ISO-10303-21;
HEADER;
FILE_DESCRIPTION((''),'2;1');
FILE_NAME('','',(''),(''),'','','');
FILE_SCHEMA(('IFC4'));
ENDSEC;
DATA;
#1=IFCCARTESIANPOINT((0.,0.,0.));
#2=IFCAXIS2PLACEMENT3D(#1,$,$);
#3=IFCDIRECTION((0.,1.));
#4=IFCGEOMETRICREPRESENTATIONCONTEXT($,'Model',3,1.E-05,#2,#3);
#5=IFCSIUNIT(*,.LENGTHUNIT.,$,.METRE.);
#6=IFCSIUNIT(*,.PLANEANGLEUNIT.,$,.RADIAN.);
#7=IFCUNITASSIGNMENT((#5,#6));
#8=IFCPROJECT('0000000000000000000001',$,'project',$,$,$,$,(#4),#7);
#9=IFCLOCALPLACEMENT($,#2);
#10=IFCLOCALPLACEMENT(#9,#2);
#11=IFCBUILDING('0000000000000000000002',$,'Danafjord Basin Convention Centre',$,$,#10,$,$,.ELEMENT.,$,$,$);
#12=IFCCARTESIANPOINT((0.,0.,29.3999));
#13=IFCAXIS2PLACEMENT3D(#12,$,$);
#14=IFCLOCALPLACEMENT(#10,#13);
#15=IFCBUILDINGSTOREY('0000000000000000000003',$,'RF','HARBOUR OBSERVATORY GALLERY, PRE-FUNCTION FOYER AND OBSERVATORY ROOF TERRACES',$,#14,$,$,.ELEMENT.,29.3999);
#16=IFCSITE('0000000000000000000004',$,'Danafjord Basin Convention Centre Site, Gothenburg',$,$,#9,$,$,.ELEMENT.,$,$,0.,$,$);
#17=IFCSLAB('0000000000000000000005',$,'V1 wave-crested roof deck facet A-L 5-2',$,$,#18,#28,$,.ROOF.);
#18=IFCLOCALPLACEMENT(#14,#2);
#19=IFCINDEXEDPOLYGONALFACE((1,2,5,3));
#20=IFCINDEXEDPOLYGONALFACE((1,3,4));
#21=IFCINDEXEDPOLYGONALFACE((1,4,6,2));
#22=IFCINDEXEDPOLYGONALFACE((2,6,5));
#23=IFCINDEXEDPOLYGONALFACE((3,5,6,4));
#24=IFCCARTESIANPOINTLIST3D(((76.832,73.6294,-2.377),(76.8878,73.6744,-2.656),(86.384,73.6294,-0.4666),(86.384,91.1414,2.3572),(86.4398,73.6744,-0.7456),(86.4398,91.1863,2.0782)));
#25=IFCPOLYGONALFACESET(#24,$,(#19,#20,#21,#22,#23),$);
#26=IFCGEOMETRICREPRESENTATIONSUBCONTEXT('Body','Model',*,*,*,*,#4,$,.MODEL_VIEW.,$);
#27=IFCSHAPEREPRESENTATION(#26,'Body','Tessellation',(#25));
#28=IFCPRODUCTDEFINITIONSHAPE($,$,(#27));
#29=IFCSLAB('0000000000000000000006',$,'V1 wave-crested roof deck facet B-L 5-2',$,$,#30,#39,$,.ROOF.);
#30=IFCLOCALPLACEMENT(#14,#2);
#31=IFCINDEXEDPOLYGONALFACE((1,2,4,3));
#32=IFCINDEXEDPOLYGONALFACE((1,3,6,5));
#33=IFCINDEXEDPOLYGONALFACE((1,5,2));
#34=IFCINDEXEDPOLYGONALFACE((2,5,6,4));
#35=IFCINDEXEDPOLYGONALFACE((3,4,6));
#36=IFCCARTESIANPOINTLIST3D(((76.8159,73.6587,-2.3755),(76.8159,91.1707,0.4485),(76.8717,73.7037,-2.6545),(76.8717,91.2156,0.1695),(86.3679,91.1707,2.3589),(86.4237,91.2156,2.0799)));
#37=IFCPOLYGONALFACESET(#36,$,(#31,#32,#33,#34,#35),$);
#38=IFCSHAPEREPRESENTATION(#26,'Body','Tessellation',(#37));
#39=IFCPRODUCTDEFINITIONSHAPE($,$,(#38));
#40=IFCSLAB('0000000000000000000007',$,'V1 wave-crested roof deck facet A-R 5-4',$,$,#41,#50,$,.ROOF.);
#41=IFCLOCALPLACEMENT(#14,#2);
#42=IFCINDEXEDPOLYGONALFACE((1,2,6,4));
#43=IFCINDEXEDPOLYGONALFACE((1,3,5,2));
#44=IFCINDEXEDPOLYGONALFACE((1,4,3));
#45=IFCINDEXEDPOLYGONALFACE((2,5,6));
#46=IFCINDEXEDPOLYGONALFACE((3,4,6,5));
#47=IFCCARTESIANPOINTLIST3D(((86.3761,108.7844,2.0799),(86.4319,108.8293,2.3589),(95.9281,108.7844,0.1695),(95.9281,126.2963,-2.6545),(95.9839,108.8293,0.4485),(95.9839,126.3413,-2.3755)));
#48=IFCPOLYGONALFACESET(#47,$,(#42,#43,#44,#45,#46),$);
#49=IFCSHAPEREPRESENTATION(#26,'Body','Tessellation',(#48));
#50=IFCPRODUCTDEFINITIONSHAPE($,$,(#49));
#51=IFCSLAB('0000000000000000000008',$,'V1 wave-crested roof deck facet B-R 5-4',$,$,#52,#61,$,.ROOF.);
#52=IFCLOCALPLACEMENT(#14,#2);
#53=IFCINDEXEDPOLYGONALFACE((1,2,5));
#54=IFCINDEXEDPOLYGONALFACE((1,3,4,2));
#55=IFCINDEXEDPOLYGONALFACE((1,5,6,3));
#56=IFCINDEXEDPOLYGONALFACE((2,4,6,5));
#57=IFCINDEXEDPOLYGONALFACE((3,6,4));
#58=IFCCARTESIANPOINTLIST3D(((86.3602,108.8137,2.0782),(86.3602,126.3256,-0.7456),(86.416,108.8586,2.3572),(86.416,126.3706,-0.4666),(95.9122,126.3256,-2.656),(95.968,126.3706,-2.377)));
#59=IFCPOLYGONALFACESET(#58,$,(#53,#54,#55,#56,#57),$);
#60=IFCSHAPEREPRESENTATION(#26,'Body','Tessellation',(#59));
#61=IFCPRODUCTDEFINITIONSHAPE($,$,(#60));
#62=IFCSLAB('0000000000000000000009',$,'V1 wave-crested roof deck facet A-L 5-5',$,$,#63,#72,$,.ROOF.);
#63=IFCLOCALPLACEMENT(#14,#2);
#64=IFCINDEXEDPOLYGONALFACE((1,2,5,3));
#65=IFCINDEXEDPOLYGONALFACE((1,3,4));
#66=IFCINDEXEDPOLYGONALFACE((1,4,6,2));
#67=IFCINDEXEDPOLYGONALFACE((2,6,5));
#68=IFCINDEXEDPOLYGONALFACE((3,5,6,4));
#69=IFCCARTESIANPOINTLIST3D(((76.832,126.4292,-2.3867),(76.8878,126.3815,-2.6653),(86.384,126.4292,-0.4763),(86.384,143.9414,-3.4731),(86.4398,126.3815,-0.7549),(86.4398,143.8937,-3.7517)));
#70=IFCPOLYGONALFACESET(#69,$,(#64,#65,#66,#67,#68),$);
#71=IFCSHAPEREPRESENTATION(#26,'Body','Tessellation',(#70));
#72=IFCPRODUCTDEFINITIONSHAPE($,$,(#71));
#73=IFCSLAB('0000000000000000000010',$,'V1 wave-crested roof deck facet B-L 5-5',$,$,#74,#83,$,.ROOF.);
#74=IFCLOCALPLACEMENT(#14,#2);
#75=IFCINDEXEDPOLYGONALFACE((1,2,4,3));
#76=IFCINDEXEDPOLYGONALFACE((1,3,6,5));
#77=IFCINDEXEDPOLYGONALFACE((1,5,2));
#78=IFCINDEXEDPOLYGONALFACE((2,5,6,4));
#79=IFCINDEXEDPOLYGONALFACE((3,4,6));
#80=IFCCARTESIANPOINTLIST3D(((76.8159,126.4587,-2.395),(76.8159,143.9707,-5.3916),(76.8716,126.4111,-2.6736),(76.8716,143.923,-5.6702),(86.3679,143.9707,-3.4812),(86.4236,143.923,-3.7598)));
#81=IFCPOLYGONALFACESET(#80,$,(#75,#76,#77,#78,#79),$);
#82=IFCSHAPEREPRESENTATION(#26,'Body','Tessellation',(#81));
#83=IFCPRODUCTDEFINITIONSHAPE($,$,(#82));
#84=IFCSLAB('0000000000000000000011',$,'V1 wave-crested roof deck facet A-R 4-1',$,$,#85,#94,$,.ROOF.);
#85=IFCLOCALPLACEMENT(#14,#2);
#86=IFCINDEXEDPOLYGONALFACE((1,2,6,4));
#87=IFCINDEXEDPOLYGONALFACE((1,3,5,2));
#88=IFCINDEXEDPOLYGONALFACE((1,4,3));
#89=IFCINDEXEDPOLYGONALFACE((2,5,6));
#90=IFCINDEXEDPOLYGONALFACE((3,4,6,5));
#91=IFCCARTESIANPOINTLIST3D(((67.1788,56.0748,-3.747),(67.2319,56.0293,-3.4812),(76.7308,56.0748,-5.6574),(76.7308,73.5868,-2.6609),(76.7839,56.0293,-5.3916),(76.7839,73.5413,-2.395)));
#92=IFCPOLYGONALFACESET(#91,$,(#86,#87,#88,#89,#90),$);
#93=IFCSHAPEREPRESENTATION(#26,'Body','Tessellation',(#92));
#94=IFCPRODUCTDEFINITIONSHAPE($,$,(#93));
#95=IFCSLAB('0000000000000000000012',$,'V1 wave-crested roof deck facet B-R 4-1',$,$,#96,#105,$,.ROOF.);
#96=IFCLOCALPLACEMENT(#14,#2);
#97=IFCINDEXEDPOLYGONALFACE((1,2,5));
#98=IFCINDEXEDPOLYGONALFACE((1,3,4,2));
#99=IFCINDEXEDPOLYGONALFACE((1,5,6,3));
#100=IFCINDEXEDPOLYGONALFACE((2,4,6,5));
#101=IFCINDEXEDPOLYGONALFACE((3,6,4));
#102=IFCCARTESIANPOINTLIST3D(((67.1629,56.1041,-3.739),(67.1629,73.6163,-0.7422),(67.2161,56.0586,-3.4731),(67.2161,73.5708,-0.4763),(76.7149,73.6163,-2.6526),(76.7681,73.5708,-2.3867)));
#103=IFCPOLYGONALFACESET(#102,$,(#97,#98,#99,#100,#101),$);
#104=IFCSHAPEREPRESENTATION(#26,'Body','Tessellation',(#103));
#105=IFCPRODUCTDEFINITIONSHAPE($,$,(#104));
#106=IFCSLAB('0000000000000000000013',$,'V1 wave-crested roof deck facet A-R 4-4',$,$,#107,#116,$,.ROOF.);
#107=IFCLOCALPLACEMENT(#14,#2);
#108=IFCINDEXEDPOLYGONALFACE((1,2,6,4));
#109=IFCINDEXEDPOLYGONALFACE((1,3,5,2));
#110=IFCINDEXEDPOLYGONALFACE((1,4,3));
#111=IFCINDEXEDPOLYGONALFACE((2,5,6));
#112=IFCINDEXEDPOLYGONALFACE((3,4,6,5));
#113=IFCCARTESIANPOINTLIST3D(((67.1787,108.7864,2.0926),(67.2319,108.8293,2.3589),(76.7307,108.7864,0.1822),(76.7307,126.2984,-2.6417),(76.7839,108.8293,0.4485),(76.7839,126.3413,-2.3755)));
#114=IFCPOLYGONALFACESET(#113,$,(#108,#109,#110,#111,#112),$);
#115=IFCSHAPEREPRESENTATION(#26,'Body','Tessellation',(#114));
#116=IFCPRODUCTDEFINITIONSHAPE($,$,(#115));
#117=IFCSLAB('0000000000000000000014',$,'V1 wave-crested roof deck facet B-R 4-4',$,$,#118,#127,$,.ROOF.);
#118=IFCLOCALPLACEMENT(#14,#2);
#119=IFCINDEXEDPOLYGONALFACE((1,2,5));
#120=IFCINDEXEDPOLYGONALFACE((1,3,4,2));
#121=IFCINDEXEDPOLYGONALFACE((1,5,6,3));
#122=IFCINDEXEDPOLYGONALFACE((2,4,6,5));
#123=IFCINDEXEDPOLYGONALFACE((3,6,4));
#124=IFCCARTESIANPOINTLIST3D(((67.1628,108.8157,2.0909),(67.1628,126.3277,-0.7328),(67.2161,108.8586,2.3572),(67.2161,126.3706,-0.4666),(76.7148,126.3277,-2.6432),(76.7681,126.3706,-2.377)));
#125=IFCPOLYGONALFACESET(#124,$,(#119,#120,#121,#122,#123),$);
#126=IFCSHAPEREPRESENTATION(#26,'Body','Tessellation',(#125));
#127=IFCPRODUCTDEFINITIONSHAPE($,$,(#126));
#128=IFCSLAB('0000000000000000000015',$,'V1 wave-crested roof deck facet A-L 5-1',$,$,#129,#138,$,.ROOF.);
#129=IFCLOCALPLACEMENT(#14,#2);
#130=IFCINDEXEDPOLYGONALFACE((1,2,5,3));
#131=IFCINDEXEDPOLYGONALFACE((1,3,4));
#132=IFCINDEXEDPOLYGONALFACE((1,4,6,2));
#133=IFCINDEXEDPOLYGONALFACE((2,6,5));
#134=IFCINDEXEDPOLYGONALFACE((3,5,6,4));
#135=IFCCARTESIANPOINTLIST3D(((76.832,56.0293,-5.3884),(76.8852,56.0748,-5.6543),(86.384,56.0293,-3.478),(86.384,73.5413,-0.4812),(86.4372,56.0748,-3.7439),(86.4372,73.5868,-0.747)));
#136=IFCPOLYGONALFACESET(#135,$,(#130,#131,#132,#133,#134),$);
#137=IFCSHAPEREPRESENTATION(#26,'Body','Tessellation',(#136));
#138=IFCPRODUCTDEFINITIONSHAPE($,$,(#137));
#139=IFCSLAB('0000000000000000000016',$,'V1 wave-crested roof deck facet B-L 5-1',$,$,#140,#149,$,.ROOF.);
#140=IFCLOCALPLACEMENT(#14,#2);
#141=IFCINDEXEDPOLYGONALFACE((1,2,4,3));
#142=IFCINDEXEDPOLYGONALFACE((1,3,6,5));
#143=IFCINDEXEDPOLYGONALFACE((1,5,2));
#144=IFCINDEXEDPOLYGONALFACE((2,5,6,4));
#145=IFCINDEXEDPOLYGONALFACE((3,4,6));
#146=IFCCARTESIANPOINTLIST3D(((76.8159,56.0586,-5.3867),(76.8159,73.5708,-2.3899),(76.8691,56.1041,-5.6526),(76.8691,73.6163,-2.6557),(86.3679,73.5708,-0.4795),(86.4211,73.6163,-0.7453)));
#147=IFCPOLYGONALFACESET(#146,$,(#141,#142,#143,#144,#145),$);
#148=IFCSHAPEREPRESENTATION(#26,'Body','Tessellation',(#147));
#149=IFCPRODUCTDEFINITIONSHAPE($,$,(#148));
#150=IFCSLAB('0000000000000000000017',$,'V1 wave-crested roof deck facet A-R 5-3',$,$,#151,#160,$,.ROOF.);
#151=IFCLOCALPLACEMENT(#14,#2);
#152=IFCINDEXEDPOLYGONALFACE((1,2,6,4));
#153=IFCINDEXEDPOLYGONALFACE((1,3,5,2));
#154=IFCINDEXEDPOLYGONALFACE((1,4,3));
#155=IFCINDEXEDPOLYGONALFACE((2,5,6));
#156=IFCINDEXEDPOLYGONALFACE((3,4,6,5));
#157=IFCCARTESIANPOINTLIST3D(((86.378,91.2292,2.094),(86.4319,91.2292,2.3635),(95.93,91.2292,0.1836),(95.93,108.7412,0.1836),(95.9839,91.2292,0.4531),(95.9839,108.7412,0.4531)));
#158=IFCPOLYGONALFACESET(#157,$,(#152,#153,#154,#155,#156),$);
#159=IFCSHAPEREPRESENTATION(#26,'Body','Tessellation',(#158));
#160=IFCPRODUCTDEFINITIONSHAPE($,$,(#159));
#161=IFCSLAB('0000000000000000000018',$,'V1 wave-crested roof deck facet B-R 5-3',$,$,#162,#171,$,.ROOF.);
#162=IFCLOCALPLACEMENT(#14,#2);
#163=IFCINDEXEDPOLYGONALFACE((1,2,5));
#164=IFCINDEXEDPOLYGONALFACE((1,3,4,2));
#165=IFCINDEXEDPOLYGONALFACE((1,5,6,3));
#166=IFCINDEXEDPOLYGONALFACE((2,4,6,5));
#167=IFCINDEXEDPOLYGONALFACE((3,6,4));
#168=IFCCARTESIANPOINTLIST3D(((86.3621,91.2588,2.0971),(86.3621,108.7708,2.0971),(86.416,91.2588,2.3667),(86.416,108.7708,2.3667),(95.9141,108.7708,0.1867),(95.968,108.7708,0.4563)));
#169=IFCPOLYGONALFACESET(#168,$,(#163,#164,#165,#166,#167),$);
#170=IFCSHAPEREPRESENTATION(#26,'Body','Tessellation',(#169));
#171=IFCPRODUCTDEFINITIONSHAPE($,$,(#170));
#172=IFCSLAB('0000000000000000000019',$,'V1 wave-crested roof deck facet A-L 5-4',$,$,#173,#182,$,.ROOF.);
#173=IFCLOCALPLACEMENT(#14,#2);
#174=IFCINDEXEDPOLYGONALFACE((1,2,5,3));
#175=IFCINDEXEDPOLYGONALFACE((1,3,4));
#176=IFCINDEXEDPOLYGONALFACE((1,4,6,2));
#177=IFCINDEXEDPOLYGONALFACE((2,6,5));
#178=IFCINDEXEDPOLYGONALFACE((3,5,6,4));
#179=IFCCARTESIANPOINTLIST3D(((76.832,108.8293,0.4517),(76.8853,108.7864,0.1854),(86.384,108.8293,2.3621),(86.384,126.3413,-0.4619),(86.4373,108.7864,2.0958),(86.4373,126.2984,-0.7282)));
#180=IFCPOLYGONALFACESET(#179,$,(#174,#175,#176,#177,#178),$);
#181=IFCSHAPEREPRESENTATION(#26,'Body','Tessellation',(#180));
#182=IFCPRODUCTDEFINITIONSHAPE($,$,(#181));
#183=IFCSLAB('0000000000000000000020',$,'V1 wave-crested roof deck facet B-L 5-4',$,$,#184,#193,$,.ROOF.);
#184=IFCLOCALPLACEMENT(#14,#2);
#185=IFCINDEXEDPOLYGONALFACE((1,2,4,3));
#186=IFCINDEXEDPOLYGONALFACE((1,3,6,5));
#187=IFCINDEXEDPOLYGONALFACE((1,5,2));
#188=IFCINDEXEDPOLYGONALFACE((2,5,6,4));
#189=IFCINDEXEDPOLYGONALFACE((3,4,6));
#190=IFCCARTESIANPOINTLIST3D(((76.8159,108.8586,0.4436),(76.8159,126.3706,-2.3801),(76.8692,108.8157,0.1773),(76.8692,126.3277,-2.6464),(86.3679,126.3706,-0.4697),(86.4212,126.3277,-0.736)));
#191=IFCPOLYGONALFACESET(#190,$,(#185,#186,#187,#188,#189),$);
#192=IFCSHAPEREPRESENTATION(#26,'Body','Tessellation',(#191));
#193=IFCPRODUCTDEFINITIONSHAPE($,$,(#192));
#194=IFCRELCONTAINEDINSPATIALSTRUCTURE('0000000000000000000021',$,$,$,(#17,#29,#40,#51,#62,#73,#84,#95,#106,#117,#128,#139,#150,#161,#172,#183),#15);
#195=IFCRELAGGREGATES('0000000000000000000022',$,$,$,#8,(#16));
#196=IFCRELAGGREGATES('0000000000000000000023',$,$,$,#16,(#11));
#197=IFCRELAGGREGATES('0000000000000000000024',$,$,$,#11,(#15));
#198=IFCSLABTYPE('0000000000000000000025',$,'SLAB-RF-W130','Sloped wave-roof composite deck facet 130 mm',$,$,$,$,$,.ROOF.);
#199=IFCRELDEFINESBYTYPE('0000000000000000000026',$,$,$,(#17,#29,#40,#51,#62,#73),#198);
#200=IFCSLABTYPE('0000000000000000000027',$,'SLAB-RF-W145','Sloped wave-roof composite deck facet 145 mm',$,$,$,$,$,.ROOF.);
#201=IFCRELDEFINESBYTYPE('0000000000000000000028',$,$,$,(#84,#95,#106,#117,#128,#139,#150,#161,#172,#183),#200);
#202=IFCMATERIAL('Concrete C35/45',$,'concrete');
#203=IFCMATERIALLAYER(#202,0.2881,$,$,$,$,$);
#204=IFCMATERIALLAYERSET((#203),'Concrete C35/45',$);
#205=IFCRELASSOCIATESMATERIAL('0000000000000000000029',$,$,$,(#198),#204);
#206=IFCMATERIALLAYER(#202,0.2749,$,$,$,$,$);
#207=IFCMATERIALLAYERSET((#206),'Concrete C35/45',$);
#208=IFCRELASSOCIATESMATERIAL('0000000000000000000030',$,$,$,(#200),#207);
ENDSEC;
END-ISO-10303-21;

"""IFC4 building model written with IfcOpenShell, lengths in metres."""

from ifc_helpers import new_model, si_unit, direction, frame, origin, place, context, subcontext, project, spatial, polyline, outline, extrude, material, layer, layer_set, type_object, element, save


model = new_model("IFC4")

# Units and contexts
model_context = context("Model", 3, precision=1e-05, world=origin(), true_north=direction((0.0, 1.0)))
body_context = subcontext(model_context, "Body", "Model", "MODEL_VIEW")
ifc_project = project(units=[si_unit("LENGTHUNIT", "METRE"), si_unit("PLANEANGLEUNIT", "RADIAN")], contexts=[model_context])

# Site, building, storey
site_placement = place(None, origin())
site = spatial("IfcSite", under=ifc_project, at=site_placement, Name="Danafjord Basin Convention Centre Site, Gothenburg", CompositionType="ELEMENT", RefElevation=0.0)
building_placement = place(site_placement, origin())
building = spatial("IfcBuilding", under=site, at=building_placement, Name="Danafjord Basin Convention Centre", CompositionType="ELEMENT")
storey_placement = place(building_placement, frame((0.0, 0.0, 29.3999)))
storey = spatial("IfcBuildingStorey", under=building, at=storey_placement, Name="RF", Description="HARBOUR OBSERVATORY GALLERY, PRE-FUNCTION FOYER AND OBSERVATORY ROOF TERRACES", CompositionType="ELEMENT", Elevation=29.3999)

# Slabs
ifc_material_1 = material(Name="Concrete C35/45", Category="concrete")
ifc_layer_1 = layer(ifc_material_1, 0.2881)
ifc_layer_set_1 = layer_set([ifc_layer_1], Name="Concrete C35/45")
slab_type_1 = type_object("IfcSlabType", Name="SLAB-RF-W130", Description="Sloped wave-roof composite deck facet 130 mm", PredefinedType="ROOF", material=ifc_layer_set_1)
slab_1_placement = place(storey_placement, frame((76.832, 73.6294, -2.377), z_axis=(-0.19371, -0.156174, 0.968548), x_axis=(0.980581, 0.0, 0.196116)))
element("IfcSlab", 1, at=slab_1_placement, inside=storey, type_object=slab_type_1, Name="V1 wave-crested roof deck facet A-L 5-2", PredefinedType="ROOF", context=body_context, shape_type="SweptSolid", body=[
    extrude(outline(polyline([(0.0, 0.0), (9.7412, 0.0), (10.2949, 17.7295), (0.0, 0.0)])), origin(), (0.0, 0.0, -1.0), 0.2881),
])
slab_2_placement = place(storey_placement, frame((76.8159, 73.6587, -2.3755), z_axis=(-0.193709, -0.156188, 0.968546), x_axis=(0.46591, 0.854167, 0.230925)))
element("IfcSlab", 2, at=slab_2_placement, inside=storey, type_object=slab_type_1, Name="V1 wave-crested roof deck facet B-L 5-2", PredefinedType="ROOF", context=body_context, shape_type="SweptSolid", body=[
    extrude(outline(polyline([(0.0, 0.0), (20.5018, 0.0), (15.6103, 8.424), (0.0, 0.0)])), origin(), (0.0, 0.0, -1.0), 0.2881),
])
slab_3_placement = place(storey_placement, frame((86.4319, 108.8293, 2.3589), z_axis=(0.193709, 0.156188, 0.968546), x_axis=(0.980581, 0.0, -0.196116)))
element("IfcSlab", 3, at=slab_3_placement, inside=storey, type_object=slab_type_1, Name="V1 wave-crested roof deck facet A-R 5-4", PredefinedType="ROOF", context=body_context, shape_type="SweptSolid", body=[
    extrude(outline(polyline([(0.0, 0.0), (9.7412, 0.0), (10.295, 17.7296), (0.0, 0.0)])), origin(), (0.0, 0.0, -1.0), 0.2881),
])
slab_4_placement = place(storey_placement, frame((86.416, 108.8586, 2.3572), z_axis=(0.19371, 0.156174, 0.968548), x_axis=(0.465912, 0.854169, -0.230914)))
element("IfcSlab", 4, at=slab_4_placement, inside=storey, type_object=slab_type_1, Name="V1 wave-crested roof deck facet B-R 5-4", PredefinedType="ROOF", context=body_context, shape_type="SweptSolid", body=[
    extrude(outline(polyline([(0.0, 0.0), (20.5017, 0.0), (15.6102, 8.424), (0.0, 0.0)])), origin(), (0.0, 0.0, -1.0), 0.2881),
])
slab_5_placement = place(storey_placement, frame((76.832, 126.4292, -2.3867), z_axis=(-0.193412, 0.165491, 0.96706), x_axis=(0.980581, 0.0, 0.196116)))
element("IfcSlab", 5, at=slab_5_placement, inside=storey, type_object=slab_type_1, Name="V1 wave-crested roof deck facet A-L 5-5", PredefinedType="ROOF", context=body_context, shape_type="SweptSolid", body=[
    extrude(outline(polyline([(0.0, 0.0), (9.7412, 0.0), (9.1534, 17.7571), (0.0, 0.0)])), origin(), (0.0, 0.0, -1.0), 0.2881),
])
slab_6_placement = place(storey_placement, frame((76.8159, 126.4587, -2.395), z_axis=(-0.193412, 0.16548, 0.967062), x_axis=(0.478145, 0.876597, -0.054371)))
element("IfcSlab", 6, at=slab_6_placement, inside=storey, type_object=slab_type_1, Name="V1 wave-crested roof deck facet B-L 5-5", PredefinedType="ROOF", context=body_context, shape_type="SweptSolid", body=[
    extrude(outline(polyline([(0.0, 0.0), (19.9772, 0.0), (15.5139, 8.6584), (0.0, 0.0)])), origin(), (0.0, 0.0, -1.0), 0.2881),
])
ifc_layer_2 = layer(ifc_material_1, 0.2749)
ifc_layer_set_2 = layer_set([ifc_layer_2], Name="Concrete C35/45")
slab_type_2 = type_object("IfcSlabType", Name="SLAB-RF-W145", Description="Sloped wave-roof composite deck facet 145 mm", PredefinedType="ROOF", material=ifc_layer_set_2)
slab_7_placement = place(storey_placement, frame((67.2319, 56.0293, -3.4812), z_axis=(0.193412, -0.16548, 0.967062), x_axis=(0.980581, 0.0, -0.196116)))
element("IfcSlab", 7, at=slab_7_placement, inside=storey, type_object=slab_type_2, Name="V1 wave-crested roof deck facet A-R 4-1", PredefinedType="ROOF", context=body_context, shape_type="SweptSolid", body=[
    extrude(outline(polyline([(0.0, 0.0), (9.7412, 0.0), (9.1535, 17.7568), (0.0, 0.0)])), origin(), (0.0, 0.0, -1.0), 0.2749),
])
slab_8_placement = place(storey_placement, frame((67.2161, 56.0586, -3.4731), z_axis=(0.193412, -0.165491, 0.96706), x_axis=(0.478139, 0.876599, 0.054383)))
element("IfcSlab", 8, at=slab_8_placement, inside=storey, type_object=slab_type_2, Name="V1 wave-crested roof deck facet B-R 4-1", PredefinedType="ROOF", context=body_context, shape_type="SweptSolid", body=[
    extrude(outline(polyline([(0.0, 0.0), (19.9774, 0.0), (15.5142, 8.6585), (0.0, 0.0)])), origin(), (0.0, 0.0, -1.0), 0.2749),
])
slab_9_placement = place(storey_placement, frame((67.2319, 108.8293, 2.3589), z_axis=(0.193709, 0.156188, 0.968546), x_axis=(0.980581, 0.0, -0.196116)))
element("IfcSlab", 9, at=slab_9_placement, inside=storey, type_object=slab_type_2, Name="V1 wave-crested roof deck facet A-R 4-4", PredefinedType="ROOF", context=body_context, shape_type="SweptSolid", body=[
    extrude(outline(polyline([(0.0, 0.0), (9.7412, 0.0), (10.295, 17.7296), (0.0, 0.0)])), origin(), (0.0, 0.0, -1.0), 0.2749),
])
slab_10_placement = place(storey_placement, frame((67.2161, 108.8586, 2.3572), z_axis=(0.19371, 0.156174, 0.968548), x_axis=(0.465912, 0.854169, -0.230914)))
element("IfcSlab", 10, at=slab_10_placement, inside=storey, type_object=slab_type_2, Name="V1 wave-crested roof deck facet B-R 4-4", PredefinedType="ROOF", context=body_context, shape_type="SweptSolid", body=[
    extrude(outline(polyline([(0.0, 0.0), (20.5017, 0.0), (15.6102, 8.424), (0.0, 0.0)])), origin(), (0.0, 0.0, -1.0), 0.2749),
])
slab_11_placement = place(storey_placement, frame((76.832, 56.0293, -5.3884), z_axis=(-0.193412, -0.165493, 0.967059), x_axis=(0.980581, 0.0, 0.196116)))
element("IfcSlab", 11, at=slab_11_placement, inside=storey, type_object=slab_type_2, Name="V1 wave-crested roof deck facet A-L 5-1", PredefinedType="ROOF", context=body_context, shape_type="SweptSolid", body=[
    extrude(outline(polyline([(0.0, 0.0), (9.7412, 0.0), (10.3289, 17.7568), (0.0, 0.0)])), origin(), (0.0, 0.0, -1.0), 0.2749),
])
slab_12_placement = place(storey_placement, frame((76.8159, 56.0586, -5.3867), z_axis=(-0.193412, -0.165491, 0.96706), x_axis=(0.464985, 0.852482, 0.23888)))
element("IfcSlab", 12, at=slab_12_placement, inside=storey, type_object=slab_type_2, Name="V1 wave-crested roof deck facet B-L 5-1", PredefinedType="ROOF", context=body_context, shape_type="SweptSolid", body=[
    extrude(outline(polyline([(0.0, 0.0), (20.5426, 0.0), (15.6447, 8.4203), (0.0, 0.0)])), origin(), (0.0, 0.0, -1.0), 0.2749),
])
slab_13_placement = place(storey_placement, frame((86.4319, 91.2292, 2.3635), z_axis=(0.196116, 0.0, 0.980581), x_axis=(0.980581, 0.0, -0.196116)))
element("IfcSlab", 13, at=slab_13_placement, inside=storey, type_object=slab_type_2, Name="V1 wave-crested roof deck facet A-R 5-3", PredefinedType="ROOF", context=body_context, shape_type="SweptSolid", body=[
    extrude(outline(polyline([(0.0, 0.0), (9.7412, 0.0), (9.7412, 17.512), (0.0, 0.0)])), origin(), (0.0, 0.0, -1.0), 0.2749),
])
slab_14_placement = place(storey_placement, frame((86.416, 91.2588, 2.3667), z_axis=(0.196116, 0.0, 0.980581), x_axis=(0.476672, 0.873897, -0.095334)))
element("IfcSlab", 14, at=slab_14_placement, inside=storey, type_object=slab_type_2, Name="V1 wave-crested roof deck facet B-R 5-3", PredefinedType="ROOF", context=body_context, shape_type="SweptSolid", body=[
    extrude(outline(polyline([(0.0, 0.0), (20.0389, 0.0), (15.3036, 8.5128), (0.0, 0.0)])), origin(), (0.0, 0.0, -1.0), 0.2749),
])
slab_15_placement = place(storey_placement, frame((76.832, 108.8293, 0.4517), z_axis=(-0.193709, 0.156188, 0.968546), x_axis=(0.980581, 0.0, 0.196116)))
element("IfcSlab", 15, at=slab_15_placement, inside=storey, type_object=slab_type_2, Name="V1 wave-crested roof deck facet A-L 5-4", PredefinedType="ROOF", context=body_context, shape_type="SweptSolid", body=[
    extrude(outline(polyline([(0.0, 0.0), (9.7412, 0.0), (9.1873, 17.7296), (0.0, 0.0)])), origin(), (0.0, 0.0, -1.0), 0.2749),
])
slab_16_placement = place(storey_placement, frame((76.8159, 108.8586, 0.4436), z_axis=(-0.19371, 0.156174, 0.968548), x_axis=(0.478352, 0.876976, -0.045738)))
element("IfcSlab", 16, at=slab_16_placement, inside=storey, type_object=slab_type_2, Name="V1 wave-crested roof deck facet B-L 5-4", PredefinedType="ROOF", context=body_context, shape_type="SweptSolid", body=[
    extrude(outline(polyline([(0.0, 0.0), (19.9686, 0.0), (15.4867, 8.6489), (0.0, 0.0)])), origin(), (0.0, 0.0, -1.0), 0.2749),
])

save(model, "model.ifc")
